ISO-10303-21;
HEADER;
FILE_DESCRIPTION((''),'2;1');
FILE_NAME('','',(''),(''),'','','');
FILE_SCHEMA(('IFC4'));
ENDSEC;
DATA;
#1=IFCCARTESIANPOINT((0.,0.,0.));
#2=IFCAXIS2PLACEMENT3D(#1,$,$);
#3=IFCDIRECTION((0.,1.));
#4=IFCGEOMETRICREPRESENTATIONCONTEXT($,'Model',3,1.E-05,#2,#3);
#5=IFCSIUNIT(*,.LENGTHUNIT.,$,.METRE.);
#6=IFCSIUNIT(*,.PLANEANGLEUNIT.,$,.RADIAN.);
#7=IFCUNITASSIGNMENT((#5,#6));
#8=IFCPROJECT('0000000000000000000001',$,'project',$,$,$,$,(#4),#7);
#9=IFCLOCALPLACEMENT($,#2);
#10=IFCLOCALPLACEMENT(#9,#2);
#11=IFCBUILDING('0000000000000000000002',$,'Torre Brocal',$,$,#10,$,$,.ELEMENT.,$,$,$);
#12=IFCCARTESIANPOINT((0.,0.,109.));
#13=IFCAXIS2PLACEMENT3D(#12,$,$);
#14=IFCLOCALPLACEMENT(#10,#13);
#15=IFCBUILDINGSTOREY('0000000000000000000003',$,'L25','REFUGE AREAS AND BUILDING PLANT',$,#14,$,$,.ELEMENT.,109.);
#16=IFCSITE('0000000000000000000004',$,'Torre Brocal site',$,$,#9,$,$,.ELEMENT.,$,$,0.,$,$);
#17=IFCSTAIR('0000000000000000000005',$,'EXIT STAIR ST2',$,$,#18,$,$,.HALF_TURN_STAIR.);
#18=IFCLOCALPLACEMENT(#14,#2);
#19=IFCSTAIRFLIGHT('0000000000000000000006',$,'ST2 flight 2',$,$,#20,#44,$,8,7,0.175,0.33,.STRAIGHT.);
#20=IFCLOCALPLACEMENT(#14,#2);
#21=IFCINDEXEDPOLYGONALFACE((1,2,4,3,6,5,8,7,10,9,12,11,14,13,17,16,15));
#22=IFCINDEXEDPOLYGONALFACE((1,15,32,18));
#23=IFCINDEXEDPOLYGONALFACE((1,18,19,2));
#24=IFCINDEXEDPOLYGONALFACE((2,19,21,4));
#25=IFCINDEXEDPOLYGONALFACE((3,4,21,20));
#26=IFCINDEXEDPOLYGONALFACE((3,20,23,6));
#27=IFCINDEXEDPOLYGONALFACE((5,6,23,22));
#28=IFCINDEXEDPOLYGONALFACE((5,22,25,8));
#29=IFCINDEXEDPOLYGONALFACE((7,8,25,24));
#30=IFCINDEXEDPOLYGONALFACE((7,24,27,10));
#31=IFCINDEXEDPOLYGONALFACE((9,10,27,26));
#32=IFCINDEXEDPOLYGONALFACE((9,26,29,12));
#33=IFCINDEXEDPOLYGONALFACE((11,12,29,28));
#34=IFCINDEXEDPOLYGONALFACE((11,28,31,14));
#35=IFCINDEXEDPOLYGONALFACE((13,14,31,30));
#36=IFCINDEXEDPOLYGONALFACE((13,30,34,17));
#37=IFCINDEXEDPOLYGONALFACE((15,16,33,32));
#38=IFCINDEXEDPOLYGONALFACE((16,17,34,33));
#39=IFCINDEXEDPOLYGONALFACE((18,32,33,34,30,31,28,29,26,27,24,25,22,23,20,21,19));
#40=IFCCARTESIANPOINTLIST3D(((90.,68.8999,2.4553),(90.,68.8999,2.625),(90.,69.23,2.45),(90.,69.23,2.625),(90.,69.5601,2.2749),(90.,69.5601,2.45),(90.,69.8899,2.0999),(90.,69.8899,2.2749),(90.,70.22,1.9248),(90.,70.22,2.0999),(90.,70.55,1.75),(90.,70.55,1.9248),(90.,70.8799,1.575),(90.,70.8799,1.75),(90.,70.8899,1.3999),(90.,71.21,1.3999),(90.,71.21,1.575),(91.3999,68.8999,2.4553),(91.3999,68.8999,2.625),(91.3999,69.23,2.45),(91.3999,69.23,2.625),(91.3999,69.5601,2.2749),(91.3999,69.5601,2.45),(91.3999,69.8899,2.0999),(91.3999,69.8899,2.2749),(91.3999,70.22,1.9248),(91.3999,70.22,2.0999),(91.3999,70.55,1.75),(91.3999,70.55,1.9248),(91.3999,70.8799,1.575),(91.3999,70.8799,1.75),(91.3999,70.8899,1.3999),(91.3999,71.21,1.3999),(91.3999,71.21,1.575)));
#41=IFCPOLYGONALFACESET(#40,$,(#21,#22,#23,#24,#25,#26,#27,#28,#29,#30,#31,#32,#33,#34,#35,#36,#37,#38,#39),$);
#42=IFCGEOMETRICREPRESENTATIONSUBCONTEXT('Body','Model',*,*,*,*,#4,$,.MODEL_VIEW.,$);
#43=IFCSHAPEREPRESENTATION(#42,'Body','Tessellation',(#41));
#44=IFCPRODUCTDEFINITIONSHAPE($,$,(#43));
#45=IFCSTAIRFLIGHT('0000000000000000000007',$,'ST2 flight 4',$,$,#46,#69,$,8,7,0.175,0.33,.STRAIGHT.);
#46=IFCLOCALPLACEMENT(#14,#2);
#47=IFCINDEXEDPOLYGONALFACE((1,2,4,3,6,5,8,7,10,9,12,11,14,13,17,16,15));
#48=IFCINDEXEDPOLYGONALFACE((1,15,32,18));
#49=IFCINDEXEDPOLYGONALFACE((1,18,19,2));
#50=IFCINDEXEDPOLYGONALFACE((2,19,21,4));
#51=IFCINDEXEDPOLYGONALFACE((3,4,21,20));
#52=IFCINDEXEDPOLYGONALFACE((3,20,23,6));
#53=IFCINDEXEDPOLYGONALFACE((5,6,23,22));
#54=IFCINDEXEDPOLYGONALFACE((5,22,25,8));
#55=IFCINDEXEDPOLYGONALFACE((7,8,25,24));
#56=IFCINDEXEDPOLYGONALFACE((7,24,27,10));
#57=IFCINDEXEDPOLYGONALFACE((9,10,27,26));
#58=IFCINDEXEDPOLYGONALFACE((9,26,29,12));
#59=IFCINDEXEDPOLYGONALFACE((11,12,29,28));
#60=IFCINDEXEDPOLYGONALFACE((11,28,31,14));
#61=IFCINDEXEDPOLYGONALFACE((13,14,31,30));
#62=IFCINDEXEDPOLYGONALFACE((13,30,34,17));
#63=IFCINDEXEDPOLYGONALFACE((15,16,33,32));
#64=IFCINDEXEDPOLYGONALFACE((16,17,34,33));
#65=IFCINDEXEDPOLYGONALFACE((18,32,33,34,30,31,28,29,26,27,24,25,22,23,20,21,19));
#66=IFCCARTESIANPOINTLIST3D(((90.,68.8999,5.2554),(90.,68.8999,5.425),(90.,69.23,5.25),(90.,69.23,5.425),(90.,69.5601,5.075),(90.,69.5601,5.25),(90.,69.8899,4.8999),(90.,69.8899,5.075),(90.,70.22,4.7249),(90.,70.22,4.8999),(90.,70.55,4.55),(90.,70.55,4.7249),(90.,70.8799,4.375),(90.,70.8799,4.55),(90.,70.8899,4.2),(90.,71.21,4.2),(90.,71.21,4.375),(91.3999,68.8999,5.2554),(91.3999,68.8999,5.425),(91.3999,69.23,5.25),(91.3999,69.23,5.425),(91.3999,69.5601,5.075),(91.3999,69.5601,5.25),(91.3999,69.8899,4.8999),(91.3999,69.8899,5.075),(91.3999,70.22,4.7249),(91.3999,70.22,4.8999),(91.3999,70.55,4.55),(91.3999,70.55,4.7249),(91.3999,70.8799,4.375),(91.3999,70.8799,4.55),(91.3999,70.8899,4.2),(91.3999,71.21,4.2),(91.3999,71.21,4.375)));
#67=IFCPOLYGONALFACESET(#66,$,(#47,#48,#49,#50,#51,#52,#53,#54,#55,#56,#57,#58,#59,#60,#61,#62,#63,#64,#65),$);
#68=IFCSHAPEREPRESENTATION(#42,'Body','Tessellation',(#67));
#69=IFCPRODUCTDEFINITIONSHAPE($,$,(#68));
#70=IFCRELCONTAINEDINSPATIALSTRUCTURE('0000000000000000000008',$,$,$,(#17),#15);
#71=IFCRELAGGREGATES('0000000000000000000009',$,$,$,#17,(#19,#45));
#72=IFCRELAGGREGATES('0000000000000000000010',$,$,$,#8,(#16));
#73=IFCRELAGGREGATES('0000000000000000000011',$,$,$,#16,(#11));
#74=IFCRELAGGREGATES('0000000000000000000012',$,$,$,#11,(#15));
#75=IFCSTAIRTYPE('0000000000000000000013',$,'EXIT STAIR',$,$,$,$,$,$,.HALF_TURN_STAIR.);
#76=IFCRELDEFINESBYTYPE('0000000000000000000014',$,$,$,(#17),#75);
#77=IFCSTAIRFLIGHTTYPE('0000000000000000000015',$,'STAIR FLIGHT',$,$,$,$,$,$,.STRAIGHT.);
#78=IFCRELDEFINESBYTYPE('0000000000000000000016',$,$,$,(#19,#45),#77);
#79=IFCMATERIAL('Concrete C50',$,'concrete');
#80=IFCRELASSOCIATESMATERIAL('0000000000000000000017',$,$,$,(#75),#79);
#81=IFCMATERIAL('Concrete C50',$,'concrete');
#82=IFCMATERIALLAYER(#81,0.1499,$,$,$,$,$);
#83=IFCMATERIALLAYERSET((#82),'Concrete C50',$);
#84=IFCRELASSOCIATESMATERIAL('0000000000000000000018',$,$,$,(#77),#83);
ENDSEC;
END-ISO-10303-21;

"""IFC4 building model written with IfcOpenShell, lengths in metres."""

from ifc_helpers import new_model, si_unit, direction, frame, origin, place, context, subcontext, project, spatial, polyline, outline, extrude, material, layer, layer_set, type_object, element, aggregate, save


model = new_model("IFC4")

# Units and contexts
model_context = context("Model", 3, precision=1e-05, world=origin(), true_north=direction((0.0, 1.0)))
body_context = subcontext(model_context, "Body", "Model", "MODEL_VIEW")
ifc_project = project(units=[si_unit("LENGTHUNIT", "METRE"), si_unit("PLANEANGLEUNIT", "RADIAN")], contexts=[model_context])

# Site, building, storey
site_placement = place(None, origin())
site = spatial("IfcSite", under=ifc_project, at=site_placement, Name="Torre Brocal site", CompositionType="ELEMENT", RefElevation=0.0)
building_placement = place(site_placement, origin())
building = spatial("IfcBuilding", under=site, at=building_placement, Name="Torre Brocal", CompositionType="ELEMENT")
storey_placement = place(building_placement, frame((0.0, 0.0, 109.0)))
storey = spatial("IfcBuildingStorey", under=building, at=storey_placement, Name="L25", Description="REFUGE AREAS AND BUILDING PLANT", CompositionType="ELEMENT", Elevation=109.0)

# Stair, stair flights
ifc_material_1 = material(Name="Concrete C50", Category="concrete")
stair_type = type_object("IfcStairType", Name="EXIT STAIR", PredefinedType="HALF_TURN_STAIR", material=ifc_material_1)
stair_placement = place(storey_placement, origin())
stair = element("IfcStair", 1, at=stair_placement, inside=storey, type_object=stair_type, Name="EXIT STAIR ST2", PredefinedType="HALF_TURN_STAIR")
ifc_material_2 = material(Name="Concrete C50", Category="concrete")
ifc_layer_1 = layer(ifc_material_2, 0.1499)
ifc_layer_set_1 = layer_set([ifc_layer_1], Name="Concrete C50")
stair_flight_type = type_object("IfcStairFlightType", Name="STAIR FLIGHT", PredefinedType="STRAIGHT", material=ifc_layer_set_1)
stair_flight_1_placement = place(storey_placement, frame((90.7, 71.21, 1.3999), z_axis=(0.0, 0.0, 1.0), x_axis=(0.0, -1.0, 0.0)))
stair_flight_1 = element("IfcStairFlight", 2, at=stair_flight_1_placement, type_object=stair_flight_type, Name="ST2 flight 2", NumberOfRisers=8, NumberOfTreads=7, PredefinedType="STRAIGHT", RiserHeight=0.175, TreadLength=0.33, context=body_context, shape_type="SweptSolid", body=[
    extrude(outline(polyline([(0.0, 0.0), (0.0, 0.175), (0.3301, 0.175), (0.3301, 0.3501), (0.6599, 0.3501), (0.6599, 0.5249), (0.99, 0.5249), (0.99, 0.7), (1.3201, 0.7), (1.3201, 0.875), (1.6499, 0.875), (1.6499, 1.05), (1.98, 1.05), (1.98, 1.2251), (2.3101, 1.2251), (2.3101, 1.3999), (2.3101, 1.0554), (0.3201, 0.0), (0.0, 0.0)])), frame((0.0, 0.7, 0.0), z_axis=(0.0, -1.0, 0.0), x_axis=(1.0, 0.0, 0.0)), (0.0, 0.0, 1.0), 1.3999),
])
stair_flight_2_placement = place(storey_placement, frame((90.7, 71.21, 4.2), z_axis=(0.0, 0.0, 1.0), x_axis=(0.0, -1.0, 0.0)))
stair_flight_2 = element("IfcStairFlight", 3, at=stair_flight_2_placement, type_object=stair_flight_type, Name="ST2 flight 4", NumberOfRisers=8, NumberOfTreads=7, PredefinedType="STRAIGHT", RiserHeight=0.175, TreadLength=0.33, context=body_context, shape_type="SweptSolid", body=[
    extrude(outline(polyline([(0.0, 0.0), (0.0, 0.175), (0.3301, 0.175), (0.3301, 0.3501), (0.6599, 0.3501), (0.6599, 0.5249), (0.99, 0.5249), (0.99, 0.7), (1.3201, 0.7), (1.3201, 0.875), (1.6499, 0.875), (1.6499, 1.05), (1.98, 1.05), (1.98, 1.2251), (2.3101, 1.2251), (2.3101, 1.3999), (2.3101, 1.0554), (0.3201, 0.0), (0.0, 0.0)])), frame((0.0, 0.7, 0.0), z_axis=(0.0, -1.0, 0.0), x_axis=(1.0, 0.0, 0.0)), (0.0, 0.0, 1.0), 1.3999),
])
aggregate(stair, [stair_flight_1, stair_flight_2])

save(model, "model.ifc")
